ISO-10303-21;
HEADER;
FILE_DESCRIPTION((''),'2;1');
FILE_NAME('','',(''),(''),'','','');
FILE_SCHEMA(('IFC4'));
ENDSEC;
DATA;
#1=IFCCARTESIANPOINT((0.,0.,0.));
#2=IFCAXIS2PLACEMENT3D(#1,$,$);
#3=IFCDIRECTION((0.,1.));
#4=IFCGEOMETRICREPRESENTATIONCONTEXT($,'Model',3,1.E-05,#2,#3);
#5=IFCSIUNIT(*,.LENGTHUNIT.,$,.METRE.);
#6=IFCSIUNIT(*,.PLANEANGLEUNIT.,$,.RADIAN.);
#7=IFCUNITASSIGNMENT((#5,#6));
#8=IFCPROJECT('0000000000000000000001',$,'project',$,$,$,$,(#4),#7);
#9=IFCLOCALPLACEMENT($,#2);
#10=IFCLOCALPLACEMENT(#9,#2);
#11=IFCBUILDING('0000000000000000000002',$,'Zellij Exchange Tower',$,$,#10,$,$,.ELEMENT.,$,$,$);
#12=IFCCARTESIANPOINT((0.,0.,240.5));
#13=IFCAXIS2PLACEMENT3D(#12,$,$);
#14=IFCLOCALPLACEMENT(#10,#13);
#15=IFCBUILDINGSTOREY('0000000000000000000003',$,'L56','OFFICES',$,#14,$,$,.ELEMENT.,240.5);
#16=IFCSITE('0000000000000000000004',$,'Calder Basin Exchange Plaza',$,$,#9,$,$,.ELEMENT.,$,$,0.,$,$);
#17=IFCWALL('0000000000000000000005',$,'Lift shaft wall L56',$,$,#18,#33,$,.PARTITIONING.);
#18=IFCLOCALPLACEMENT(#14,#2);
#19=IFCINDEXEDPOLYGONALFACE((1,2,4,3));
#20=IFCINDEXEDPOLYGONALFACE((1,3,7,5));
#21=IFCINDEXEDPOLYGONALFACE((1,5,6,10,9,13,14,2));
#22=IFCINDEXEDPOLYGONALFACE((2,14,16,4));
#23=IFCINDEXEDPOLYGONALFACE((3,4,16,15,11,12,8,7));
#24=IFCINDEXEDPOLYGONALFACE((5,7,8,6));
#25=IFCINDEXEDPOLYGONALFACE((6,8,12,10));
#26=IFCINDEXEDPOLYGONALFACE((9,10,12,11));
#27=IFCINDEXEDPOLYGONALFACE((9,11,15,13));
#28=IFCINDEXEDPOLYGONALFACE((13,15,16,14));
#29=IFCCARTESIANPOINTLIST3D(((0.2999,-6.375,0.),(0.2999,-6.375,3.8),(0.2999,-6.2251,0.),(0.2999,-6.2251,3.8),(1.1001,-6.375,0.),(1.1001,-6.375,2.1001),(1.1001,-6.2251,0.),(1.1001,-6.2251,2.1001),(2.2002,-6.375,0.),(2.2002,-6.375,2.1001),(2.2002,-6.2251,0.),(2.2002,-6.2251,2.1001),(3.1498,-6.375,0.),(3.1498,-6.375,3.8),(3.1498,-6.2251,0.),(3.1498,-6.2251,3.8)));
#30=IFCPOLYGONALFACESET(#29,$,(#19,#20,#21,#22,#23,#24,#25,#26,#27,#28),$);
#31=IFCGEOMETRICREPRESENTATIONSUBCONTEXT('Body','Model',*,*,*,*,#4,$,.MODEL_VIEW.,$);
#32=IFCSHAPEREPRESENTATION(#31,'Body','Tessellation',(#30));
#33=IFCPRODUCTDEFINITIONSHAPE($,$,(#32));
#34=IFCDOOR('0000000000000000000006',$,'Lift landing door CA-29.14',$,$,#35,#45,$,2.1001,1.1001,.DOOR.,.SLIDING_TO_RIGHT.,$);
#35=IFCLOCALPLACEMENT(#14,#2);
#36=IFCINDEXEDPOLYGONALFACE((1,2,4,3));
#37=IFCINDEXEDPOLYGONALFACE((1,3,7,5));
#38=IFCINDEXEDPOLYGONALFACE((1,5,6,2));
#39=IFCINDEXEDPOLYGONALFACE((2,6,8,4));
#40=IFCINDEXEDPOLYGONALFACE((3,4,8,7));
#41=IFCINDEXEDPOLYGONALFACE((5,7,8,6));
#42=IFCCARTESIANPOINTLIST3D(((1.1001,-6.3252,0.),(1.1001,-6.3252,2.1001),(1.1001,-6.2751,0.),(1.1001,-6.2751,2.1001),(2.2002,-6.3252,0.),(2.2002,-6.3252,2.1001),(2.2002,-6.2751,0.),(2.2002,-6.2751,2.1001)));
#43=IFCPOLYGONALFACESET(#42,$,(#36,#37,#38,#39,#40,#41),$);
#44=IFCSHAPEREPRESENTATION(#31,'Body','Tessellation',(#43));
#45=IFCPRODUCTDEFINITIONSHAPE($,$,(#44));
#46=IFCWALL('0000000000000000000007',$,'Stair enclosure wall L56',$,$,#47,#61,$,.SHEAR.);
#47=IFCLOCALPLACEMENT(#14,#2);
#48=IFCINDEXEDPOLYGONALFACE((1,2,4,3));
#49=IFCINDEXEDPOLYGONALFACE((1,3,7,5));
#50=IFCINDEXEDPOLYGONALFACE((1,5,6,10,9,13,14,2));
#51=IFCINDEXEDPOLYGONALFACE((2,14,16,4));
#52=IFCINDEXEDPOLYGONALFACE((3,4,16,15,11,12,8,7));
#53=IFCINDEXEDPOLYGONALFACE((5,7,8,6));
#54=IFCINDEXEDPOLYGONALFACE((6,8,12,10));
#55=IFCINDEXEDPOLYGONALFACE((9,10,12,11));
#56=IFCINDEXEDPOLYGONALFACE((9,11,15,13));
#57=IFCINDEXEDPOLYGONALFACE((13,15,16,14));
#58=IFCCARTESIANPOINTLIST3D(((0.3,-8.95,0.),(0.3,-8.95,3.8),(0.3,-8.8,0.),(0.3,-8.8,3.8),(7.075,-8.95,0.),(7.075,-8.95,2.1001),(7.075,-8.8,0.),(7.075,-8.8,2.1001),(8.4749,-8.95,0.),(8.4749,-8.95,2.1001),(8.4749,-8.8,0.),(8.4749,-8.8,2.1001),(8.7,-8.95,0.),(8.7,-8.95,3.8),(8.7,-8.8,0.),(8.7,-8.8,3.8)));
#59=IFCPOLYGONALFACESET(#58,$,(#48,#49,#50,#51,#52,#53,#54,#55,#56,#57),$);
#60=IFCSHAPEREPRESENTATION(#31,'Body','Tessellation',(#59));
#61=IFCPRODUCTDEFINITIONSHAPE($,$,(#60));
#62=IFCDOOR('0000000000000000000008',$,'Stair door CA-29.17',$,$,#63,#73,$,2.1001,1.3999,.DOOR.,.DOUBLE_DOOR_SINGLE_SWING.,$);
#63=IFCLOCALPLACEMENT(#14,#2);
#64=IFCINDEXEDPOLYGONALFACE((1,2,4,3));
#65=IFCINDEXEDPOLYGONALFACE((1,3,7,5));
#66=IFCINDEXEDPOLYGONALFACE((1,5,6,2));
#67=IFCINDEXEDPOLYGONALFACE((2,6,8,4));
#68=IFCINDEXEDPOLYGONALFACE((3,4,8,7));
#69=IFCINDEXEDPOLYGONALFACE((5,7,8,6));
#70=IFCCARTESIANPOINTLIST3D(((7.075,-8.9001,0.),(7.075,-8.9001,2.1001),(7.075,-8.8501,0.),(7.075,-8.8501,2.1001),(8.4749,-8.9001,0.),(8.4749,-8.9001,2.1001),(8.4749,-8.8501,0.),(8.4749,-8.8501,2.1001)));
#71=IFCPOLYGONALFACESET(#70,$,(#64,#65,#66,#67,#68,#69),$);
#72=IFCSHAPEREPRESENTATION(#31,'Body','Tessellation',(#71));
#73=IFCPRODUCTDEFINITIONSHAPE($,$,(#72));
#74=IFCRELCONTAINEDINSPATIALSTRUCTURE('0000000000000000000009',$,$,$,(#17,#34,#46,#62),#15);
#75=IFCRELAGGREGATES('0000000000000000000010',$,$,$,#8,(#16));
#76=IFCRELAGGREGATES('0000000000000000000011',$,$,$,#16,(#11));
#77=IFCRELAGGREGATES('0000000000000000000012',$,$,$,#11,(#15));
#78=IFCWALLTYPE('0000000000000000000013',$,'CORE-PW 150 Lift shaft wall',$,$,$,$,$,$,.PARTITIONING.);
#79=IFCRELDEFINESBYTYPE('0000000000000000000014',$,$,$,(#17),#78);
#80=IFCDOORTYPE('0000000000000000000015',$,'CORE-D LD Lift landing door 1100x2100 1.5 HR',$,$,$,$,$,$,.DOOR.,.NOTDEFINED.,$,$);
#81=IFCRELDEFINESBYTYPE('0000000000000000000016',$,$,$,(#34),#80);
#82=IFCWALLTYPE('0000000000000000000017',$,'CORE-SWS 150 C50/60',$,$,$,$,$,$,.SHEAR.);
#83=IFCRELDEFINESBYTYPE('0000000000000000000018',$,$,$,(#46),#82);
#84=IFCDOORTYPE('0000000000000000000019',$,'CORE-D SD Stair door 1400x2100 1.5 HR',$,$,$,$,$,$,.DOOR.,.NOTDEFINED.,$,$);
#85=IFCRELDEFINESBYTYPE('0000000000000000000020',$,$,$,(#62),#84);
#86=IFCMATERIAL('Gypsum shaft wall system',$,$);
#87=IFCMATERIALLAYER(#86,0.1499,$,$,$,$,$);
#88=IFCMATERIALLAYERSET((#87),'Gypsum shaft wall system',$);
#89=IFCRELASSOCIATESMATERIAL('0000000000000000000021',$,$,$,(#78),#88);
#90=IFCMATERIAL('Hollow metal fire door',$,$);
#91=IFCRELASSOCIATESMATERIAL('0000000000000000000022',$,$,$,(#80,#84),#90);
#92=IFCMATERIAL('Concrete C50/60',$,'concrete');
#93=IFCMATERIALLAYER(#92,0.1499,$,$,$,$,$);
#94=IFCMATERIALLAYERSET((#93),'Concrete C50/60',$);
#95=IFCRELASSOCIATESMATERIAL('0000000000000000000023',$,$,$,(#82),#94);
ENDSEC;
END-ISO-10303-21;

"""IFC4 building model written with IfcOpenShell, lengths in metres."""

from ifc_helpers import new_model, si_unit, direction, frame, frame_2d, origin, place, context, subcontext, project, spatial, rectangle, extrude, material, layer, layer_set, type_object, element, fill, save


model = new_model("IFC4")

# Units and contexts
model_context = context("Model", 3, precision=1e-05, world=origin(), true_north=direction((0.0, 1.0)))
body_context = subcontext(model_context, "Body", "Model", "MODEL_VIEW")
ifc_project = project(units=[si_unit("LENGTHUNIT", "METRE"), si_unit("PLANEANGLEUNIT", "RADIAN")], contexts=[model_context])

# Site, building, storey
site_placement = place(None, origin())
site = spatial("IfcSite", under=ifc_project, at=site_placement, Name="Calder Basin Exchange Plaza", CompositionType="ELEMENT", RefElevation=0.0)
building_placement = place(site_placement, origin())
building = spatial("IfcBuilding", under=site, at=building_placement, Name="Zellij Exchange Tower", CompositionType="ELEMENT")
storey_placement = place(building_placement, frame((0.0, 0.0, 240.5)))
storey = spatial("IfcBuildingStorey", under=building, at=storey_placement, Name="L56", Description="OFFICES", CompositionType="ELEMENT", Elevation=240.5)

# Shared definitions
ifc_material_1 = material(Name="Concrete C50/60", Category="concrete")
ifc_material_2 = material(Name="Gypsum shaft wall system")
ifc_layer_1 = layer(ifc_material_2, 0.1499)
ifc_layer_set_1 = layer_set([ifc_layer_1], Name="Gypsum shaft wall system")
wall_type_1 = type_object("IfcWallType", Name="CORE-PW 150 Lift shaft wall", PredefinedType="PARTITIONING", material=ifc_layer_set_1)

# Walls, openings, doors
ifc_material_3 = material(Name="Hollow metal fire door")
door_type_1 = type_object("IfcDoorType", Name="CORE-D LD Lift landing door 1100x2100 1.5 HR", OperationType="NOTDEFINED", PredefinedType="DOOR", material=ifc_material_3)
wall_1_placement = place(storey_placement, frame((0.3, -6.3, 0.0), z_axis=(0.0, 0.0, 1.0), x_axis=(1.0, 0.0, 0.0)))
wall_1 = element("IfcWall", 1, at=wall_1_placement, inside=storey, type_object=wall_type_1, Name="Lift shaft wall L56", PredefinedType="PARTITIONING", context=body_context, shape_type="SweptSolid", body=[
    extrude(rectangle(XDim=2.8499, YDim=0.1499, at=frame_2d((1.4248, 0.0))), origin(), (0.0, 0.0, 1.0), 3.8),
])
opening_1_placement = place(wall_1_placement, frame((0.8, 0.0, 0.0)))
opening_1 = element("IfcOpeningElement", 2, at=opening_1_placement, cuts=wall_1, PredefinedType="OPENING", context=body_context, shape_type="SweptSolid", body=[
    extrude(rectangle(XDim=1.1001, YDim=2.1001, at=frame_2d((0.55, 1.05))), frame((0.0, 0.0869, 0.0), z_axis=(0.0, -1.0, 0.0), x_axis=(1.0, 0.0, 0.0)), (0.0, 0.0, 1.0), 0.1738),
])
door_1_placement = place(opening_1_placement, origin())
door_1 = element("IfcDoor", 3, at=door_1_placement, inside=storey, type_object=door_type_1, Name="Lift landing door CA-29.14", OperationType="SLIDING_TO_RIGHT", OverallHeight=2.1001, OverallWidth=1.1001, PredefinedType="DOOR", context=body_context, shape_type="SweptSolid", body=[
    extrude(rectangle(XDim=1.1001, YDim=2.1001, at=frame_2d((0.55, 1.05))), frame((0.0, 0.0249, 0.0), z_axis=(0.0, -1.0, 0.0), x_axis=(1.0, 0.0, 0.0)), (0.0, 0.0, 1.0), 0.05),
])
fill(opening_1, door_1)
ifc_layer_2 = layer(ifc_material_1, 0.1499)
ifc_layer_set_2 = layer_set([ifc_layer_2], Name="Concrete C50/60")
wall_type_2 = type_object("IfcWallType", Name="CORE-SWS 150 C50/60", PredefinedType="SHEAR", material=ifc_layer_set_2)
wall_2_placement = place(storey_placement, frame((0.3, -8.875, 0.0), z_axis=(0.0, 0.0, 1.0), x_axis=(1.0, 0.0, 0.0)))
wall_2 = element("IfcWall", 4, at=wall_2_placement, inside=storey, type_object=wall_type_2, Name="Stair enclosure wall L56", PredefinedType="SHEAR", context=body_context, shape_type="SweptSolid", body=[
    extrude(rectangle(XDim=8.3999, YDim=0.1499, at=frame_2d((4.2, 0.0))), origin(), (0.0, 0.0, 1.0), 3.8),
])
opening_2_placement = place(wall_2_placement, frame((6.7749, 0.0, 0.0)))
opening_2 = element("IfcOpeningElement", 5, at=opening_2_placement, cuts=wall_2, PredefinedType="OPENING", context=body_context, shape_type="SweptSolid", body=[
    extrude(rectangle(XDim=1.3999, YDim=2.1001, at=frame_2d((0.7, 1.05))), frame((0.0, 0.0869, 0.0), z_axis=(0.0, -1.0, 0.0), x_axis=(1.0, 0.0, 0.0)), (0.0, 0.0, 1.0), 0.1738),
])
door_type_2 = type_object("IfcDoorType", Name="CORE-D SD Stair door 1400x2100 1.5 HR", OperationType="NOTDEFINED", PredefinedType="DOOR", material=ifc_material_3)
door_2_placement = place(opening_2_placement, origin())
door_2 = element("IfcDoor", 6, at=door_2_placement, inside=storey, type_object=door_type_2, Name="Stair door CA-29.17", OperationType="DOUBLE_DOOR_SINGLE_SWING", OverallHeight=2.1001, OverallWidth=1.3999, PredefinedType="DOOR", context=body_context, shape_type="SweptSolid", body=[
    extrude(rectangle(XDim=1.3999, YDim=2.1001, at=frame_2d((0.7, 1.05))), frame((0.0, 0.0249, 0.0), z_axis=(0.0, -1.0, 0.0), x_axis=(1.0, 0.0, 0.0)), (0.0, 0.0, 1.0), 0.05),
])
fill(opening_2, door_2)

save(model, "model.ifc")
